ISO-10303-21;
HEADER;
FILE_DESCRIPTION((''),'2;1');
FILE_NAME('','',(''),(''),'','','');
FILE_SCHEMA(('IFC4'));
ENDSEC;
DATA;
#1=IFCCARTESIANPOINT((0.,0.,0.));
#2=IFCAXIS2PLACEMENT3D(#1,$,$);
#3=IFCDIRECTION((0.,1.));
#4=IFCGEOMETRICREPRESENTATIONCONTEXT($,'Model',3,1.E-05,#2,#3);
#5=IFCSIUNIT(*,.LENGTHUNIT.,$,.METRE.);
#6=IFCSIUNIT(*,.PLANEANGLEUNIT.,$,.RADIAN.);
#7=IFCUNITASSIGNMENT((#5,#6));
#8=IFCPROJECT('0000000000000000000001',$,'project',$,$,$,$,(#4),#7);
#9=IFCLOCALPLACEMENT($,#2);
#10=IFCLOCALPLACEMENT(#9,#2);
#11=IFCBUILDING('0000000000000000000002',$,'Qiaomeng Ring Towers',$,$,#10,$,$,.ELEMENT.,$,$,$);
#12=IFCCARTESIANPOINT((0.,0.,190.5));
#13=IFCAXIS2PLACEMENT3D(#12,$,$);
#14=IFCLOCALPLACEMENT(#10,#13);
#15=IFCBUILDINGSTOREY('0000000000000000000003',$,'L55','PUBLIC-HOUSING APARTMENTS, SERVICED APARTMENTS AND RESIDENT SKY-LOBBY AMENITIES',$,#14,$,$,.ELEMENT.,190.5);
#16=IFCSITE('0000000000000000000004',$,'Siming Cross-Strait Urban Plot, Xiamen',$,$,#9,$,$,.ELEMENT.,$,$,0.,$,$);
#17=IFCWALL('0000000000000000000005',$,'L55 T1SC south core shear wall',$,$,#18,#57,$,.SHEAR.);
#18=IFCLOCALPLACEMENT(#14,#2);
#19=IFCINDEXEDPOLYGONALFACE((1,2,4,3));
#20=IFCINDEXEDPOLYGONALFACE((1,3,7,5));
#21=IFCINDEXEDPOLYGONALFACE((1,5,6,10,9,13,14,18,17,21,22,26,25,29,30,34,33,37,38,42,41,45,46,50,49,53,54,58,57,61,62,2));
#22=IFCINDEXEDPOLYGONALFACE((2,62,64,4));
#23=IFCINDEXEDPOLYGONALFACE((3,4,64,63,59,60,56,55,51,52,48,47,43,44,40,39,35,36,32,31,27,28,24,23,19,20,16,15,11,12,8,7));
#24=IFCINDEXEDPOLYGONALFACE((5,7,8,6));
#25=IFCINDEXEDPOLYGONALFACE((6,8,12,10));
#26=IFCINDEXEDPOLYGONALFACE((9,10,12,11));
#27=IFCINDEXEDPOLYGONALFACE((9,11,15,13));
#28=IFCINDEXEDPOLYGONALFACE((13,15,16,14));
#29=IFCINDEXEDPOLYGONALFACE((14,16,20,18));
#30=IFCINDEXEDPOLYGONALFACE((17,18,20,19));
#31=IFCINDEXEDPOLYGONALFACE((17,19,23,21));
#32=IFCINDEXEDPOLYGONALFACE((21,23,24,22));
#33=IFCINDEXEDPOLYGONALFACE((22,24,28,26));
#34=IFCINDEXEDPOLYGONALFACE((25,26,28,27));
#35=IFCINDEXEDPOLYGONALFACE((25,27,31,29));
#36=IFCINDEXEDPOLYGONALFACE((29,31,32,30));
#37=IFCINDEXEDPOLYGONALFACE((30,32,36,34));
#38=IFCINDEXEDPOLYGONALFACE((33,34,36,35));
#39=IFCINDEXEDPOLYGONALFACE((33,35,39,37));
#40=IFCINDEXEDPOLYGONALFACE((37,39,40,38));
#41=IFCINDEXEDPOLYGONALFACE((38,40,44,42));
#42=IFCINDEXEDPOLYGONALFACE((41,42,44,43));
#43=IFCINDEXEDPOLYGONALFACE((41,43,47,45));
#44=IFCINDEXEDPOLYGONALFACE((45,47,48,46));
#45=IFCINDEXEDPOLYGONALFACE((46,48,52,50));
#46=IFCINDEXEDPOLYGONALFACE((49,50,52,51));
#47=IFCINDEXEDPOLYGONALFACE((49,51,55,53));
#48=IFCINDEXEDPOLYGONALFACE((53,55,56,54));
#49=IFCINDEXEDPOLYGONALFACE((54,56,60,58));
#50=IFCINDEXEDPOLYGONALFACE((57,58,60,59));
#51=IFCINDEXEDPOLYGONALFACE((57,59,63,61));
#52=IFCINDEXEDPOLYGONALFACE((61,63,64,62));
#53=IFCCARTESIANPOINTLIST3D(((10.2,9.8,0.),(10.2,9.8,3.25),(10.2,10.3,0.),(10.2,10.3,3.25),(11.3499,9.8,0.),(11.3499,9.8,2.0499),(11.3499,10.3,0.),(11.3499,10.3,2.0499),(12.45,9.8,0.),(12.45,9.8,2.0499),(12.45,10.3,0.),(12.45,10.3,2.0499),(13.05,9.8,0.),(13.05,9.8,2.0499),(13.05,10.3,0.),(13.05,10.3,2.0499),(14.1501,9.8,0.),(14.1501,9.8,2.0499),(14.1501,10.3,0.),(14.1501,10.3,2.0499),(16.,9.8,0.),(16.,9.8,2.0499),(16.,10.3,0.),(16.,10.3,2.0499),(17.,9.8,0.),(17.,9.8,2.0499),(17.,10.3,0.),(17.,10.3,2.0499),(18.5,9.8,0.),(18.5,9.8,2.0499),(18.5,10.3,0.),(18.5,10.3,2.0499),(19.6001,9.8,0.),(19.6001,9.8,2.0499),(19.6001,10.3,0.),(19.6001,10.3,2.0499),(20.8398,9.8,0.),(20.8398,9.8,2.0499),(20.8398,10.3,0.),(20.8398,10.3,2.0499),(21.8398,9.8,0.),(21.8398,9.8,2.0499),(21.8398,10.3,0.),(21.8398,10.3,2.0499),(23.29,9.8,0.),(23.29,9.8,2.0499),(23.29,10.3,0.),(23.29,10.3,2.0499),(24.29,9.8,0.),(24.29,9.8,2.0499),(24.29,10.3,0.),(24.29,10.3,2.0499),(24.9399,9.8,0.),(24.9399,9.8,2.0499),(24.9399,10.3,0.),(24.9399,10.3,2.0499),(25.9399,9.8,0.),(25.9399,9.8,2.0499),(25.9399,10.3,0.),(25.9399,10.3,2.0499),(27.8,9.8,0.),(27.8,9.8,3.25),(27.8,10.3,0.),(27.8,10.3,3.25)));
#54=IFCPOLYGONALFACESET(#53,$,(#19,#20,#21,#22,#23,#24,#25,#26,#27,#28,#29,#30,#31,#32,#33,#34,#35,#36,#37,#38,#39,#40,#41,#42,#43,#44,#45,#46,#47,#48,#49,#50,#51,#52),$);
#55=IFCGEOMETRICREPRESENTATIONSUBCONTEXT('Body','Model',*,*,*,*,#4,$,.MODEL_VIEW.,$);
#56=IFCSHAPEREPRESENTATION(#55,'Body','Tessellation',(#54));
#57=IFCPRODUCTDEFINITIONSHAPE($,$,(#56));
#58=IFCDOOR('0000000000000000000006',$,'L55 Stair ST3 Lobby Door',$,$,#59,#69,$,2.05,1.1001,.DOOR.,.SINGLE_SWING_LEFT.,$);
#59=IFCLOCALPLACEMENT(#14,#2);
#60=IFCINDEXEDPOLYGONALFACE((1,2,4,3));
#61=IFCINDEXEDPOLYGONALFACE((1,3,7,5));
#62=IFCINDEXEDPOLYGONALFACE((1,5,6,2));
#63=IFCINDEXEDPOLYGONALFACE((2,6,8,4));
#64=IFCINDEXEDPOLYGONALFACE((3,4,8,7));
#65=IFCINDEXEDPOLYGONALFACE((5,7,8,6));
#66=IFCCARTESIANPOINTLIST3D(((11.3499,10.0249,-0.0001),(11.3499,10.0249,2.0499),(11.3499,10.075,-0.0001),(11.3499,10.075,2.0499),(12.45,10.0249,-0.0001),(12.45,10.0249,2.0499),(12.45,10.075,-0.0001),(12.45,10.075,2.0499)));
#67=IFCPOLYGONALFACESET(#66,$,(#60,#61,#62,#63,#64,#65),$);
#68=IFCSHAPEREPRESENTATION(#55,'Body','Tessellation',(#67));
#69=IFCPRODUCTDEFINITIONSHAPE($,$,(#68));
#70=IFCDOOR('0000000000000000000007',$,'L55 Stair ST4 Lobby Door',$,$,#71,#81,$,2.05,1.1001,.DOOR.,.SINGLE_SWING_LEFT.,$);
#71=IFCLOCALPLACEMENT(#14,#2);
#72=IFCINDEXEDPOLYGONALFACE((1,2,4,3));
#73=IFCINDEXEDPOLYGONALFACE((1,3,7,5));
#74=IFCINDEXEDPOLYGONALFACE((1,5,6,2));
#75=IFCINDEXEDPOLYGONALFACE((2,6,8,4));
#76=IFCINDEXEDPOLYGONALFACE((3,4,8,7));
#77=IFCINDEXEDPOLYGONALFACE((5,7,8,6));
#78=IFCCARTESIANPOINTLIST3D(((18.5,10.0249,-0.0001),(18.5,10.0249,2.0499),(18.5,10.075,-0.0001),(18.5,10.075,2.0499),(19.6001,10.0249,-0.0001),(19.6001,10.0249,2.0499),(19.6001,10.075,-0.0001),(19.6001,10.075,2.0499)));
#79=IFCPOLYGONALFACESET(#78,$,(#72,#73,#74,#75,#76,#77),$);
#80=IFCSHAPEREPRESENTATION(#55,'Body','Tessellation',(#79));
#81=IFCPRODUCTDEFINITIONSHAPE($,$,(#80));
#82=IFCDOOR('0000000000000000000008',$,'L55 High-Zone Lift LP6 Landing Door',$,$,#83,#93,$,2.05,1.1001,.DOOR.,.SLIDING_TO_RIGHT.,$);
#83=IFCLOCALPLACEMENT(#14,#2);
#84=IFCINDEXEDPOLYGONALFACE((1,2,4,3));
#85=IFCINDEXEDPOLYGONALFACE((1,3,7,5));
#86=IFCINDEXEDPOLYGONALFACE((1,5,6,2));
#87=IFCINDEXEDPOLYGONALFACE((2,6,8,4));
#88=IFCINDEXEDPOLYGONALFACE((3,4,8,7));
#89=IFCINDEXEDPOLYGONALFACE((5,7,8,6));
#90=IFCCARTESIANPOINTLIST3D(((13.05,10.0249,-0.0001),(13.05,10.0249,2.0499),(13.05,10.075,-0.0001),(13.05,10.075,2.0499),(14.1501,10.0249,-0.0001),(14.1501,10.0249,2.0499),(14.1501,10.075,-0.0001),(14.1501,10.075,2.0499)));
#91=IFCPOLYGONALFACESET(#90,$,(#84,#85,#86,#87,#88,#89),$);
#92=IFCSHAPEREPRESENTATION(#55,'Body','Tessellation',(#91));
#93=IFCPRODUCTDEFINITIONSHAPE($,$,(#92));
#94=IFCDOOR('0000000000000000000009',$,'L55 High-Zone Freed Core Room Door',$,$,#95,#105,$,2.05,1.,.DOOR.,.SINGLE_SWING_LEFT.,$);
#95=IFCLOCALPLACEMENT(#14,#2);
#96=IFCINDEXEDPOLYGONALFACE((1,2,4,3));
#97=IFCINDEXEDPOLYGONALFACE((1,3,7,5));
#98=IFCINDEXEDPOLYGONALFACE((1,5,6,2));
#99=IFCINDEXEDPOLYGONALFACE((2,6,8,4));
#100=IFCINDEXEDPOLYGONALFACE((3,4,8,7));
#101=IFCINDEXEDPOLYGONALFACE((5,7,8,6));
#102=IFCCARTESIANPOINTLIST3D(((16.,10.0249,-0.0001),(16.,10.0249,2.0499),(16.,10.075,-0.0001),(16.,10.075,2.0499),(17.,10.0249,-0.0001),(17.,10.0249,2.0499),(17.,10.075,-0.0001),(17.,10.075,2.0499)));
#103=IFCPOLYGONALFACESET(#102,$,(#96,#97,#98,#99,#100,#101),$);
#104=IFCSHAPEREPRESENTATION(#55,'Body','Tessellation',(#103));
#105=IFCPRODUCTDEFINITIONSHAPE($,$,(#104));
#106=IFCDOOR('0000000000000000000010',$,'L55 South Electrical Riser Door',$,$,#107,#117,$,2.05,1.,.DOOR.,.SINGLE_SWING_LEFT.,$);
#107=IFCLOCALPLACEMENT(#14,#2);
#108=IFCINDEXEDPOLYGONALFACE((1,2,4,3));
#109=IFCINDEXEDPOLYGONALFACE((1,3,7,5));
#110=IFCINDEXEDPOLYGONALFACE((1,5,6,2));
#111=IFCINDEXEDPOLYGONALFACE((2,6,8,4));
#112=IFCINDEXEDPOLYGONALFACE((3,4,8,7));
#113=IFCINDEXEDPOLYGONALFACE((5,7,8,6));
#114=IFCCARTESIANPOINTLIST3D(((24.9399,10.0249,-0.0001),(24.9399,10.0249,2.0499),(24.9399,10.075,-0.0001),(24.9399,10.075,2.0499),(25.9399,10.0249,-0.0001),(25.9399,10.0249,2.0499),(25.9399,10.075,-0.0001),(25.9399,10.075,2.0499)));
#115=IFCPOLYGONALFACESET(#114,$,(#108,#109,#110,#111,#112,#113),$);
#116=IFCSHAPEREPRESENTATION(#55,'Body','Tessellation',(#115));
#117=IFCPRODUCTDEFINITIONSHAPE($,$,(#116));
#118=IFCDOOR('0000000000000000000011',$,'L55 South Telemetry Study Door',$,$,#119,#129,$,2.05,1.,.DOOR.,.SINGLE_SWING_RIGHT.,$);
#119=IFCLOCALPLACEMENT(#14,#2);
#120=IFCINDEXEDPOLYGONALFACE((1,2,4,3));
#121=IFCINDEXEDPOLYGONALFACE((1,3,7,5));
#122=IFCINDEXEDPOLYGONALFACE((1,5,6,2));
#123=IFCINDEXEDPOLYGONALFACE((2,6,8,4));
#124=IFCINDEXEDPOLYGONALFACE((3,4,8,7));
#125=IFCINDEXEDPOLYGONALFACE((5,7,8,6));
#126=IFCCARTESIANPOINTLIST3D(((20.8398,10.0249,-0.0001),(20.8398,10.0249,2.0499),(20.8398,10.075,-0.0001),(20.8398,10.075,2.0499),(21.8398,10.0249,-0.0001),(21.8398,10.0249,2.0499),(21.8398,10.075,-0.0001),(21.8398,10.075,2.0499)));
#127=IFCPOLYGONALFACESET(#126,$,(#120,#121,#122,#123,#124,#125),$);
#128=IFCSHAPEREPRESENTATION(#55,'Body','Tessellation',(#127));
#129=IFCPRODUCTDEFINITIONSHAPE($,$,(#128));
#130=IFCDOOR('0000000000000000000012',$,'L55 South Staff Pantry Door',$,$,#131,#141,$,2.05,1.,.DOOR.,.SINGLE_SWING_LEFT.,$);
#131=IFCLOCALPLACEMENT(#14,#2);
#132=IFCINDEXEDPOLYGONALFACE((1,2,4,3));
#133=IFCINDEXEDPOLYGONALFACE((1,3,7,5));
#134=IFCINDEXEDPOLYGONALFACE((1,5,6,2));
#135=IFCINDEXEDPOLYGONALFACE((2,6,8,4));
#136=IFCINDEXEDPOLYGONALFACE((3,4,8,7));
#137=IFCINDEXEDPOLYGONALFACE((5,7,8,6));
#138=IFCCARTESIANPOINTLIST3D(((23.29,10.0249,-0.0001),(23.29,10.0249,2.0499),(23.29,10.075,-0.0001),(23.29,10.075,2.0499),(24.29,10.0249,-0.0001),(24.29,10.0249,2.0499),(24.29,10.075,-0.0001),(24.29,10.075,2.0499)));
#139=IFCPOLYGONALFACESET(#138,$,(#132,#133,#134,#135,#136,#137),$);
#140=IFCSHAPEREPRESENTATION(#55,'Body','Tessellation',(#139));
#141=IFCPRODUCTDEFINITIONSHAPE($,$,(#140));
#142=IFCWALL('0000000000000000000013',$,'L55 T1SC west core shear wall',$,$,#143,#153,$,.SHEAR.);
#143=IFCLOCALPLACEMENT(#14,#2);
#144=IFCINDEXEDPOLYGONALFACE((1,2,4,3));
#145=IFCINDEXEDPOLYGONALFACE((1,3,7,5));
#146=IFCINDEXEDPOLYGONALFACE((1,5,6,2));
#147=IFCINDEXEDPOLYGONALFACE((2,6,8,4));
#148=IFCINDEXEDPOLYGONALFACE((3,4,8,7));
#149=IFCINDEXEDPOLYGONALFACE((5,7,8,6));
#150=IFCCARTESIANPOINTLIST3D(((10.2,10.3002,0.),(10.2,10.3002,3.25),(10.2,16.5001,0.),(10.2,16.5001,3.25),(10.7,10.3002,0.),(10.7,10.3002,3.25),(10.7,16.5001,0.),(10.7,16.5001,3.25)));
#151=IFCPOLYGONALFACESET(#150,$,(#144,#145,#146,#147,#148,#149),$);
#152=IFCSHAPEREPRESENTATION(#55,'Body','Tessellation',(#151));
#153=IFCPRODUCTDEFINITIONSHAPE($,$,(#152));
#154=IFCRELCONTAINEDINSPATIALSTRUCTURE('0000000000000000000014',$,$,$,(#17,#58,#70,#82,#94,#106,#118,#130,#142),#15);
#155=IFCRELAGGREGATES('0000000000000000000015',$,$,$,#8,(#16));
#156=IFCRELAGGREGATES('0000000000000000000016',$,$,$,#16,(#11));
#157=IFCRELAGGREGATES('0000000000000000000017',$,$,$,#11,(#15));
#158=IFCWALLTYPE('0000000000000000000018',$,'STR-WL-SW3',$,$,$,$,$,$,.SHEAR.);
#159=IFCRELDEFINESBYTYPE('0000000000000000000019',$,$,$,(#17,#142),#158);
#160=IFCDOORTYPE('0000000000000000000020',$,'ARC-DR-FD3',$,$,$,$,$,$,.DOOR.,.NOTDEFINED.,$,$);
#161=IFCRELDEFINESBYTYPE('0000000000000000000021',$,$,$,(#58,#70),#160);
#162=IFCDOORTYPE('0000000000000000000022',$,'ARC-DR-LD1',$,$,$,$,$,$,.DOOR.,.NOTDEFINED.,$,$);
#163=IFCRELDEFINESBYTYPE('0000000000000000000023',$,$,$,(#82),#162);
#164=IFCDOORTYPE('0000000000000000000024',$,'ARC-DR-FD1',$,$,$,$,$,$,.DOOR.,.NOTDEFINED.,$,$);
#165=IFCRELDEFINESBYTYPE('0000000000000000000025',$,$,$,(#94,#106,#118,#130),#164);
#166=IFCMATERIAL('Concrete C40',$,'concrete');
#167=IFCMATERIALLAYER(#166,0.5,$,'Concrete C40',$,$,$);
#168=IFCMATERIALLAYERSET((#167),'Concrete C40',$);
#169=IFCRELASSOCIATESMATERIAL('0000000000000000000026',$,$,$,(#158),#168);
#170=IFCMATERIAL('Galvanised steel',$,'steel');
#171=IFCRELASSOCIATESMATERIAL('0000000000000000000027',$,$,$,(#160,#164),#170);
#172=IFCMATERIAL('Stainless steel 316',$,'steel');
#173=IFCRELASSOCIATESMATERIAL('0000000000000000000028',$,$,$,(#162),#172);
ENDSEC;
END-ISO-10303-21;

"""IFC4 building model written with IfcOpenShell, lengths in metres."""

from ifc_helpers import new_model, si_unit, direction, frame, frame_2d, origin, place, context, subcontext, project, spatial, rectangle, extrude, source, transform, mapped, material, layer, layer_set, type_object, element, fill, save


model = new_model("IFC4")

# Units and contexts
model_context = context("Model", 3, precision=1e-05, world=origin(), true_north=direction((0.0, 1.0)))
body_context = subcontext(model_context, "Body", "Model", "MODEL_VIEW")
ifc_project = project(units=[si_unit("LENGTHUNIT", "METRE"), si_unit("PLANEANGLEUNIT", "RADIAN")], contexts=[model_context])

# Site, building, storey
site_placement = place(None, origin())
site = spatial("IfcSite", under=ifc_project, at=site_placement, Name="Siming Cross-Strait Urban Plot, Xiamen", CompositionType="ELEMENT", RefElevation=0.0)
building_placement = place(site_placement, origin())
building = spatial("IfcBuilding", under=site, at=building_placement, Name="Qiaomeng Ring Towers", CompositionType="ELEMENT")
storey_placement = place(building_placement, frame((0.0, 0.0, 190.5)))
storey = spatial("IfcBuildingStorey", under=building, at=storey_placement, Name="L55", Description="PUBLIC-HOUSING APARTMENTS, SERVICED APARTMENTS AND RESIDENT SKY-LOBBY AMENITIES", CompositionType="ELEMENT", Elevation=190.5)

# Shared definitions
shared_shape_1 = source(origin(), body_context, "Body", "SweptSolid", [
    extrude(rectangle(XDim=1.0, YDim=2.05, at=frame_2d((0.5, 1.0249))), frame((0.0, 0.0249, 0.0), z_axis=(0.0, -1.0, 0.0), x_axis=(1.0, 0.0, 0.0)), (0.0, 0.0, 1.0), 0.05),
])

# Shared definitions
ifc_material_1 = material(Name="Concrete C40", Category="concrete")

# Wall, openings, doors
ifc_layer_1 = layer(ifc_material_1, 0.5, Name="Concrete C40")
ifc_layer_set_1 = layer_set([ifc_layer_1], Name="Concrete C40")
wall_type_1 = type_object("IfcWallType", Name="STR-WL-SW3", PredefinedType="SHEAR", material=ifc_layer_set_1)
wall_1_placement = place(storey_placement, frame((10.2, 10.05, 0.0), z_axis=(0.0, 0.0, 1.0), x_axis=(1.0, 0.0, 0.0)))
wall_1 = element("IfcWall", 1, at=wall_1_placement, inside=storey, type_object=wall_type_1, Name="L55 T1SC south core shear wall", PredefinedType="SHEAR", context=body_context, shape_type="SweptSolid", body=[
    extrude(rectangle(XDim=17.6001, YDim=0.5, at=frame_2d((8.8, 0.0))), origin(), (0.0, 0.0, 1.0), 3.25),
])
opening_1_placement = place(wall_1_placement, frame((1.1499, 0.0, 0.0)))
opening_1 = element("IfcOpeningElement", 2, at=opening_1_placement, cuts=wall_1, PredefinedType="OPENING", context=body_context, shape_type="SweptSolid", body=[
    extrude(rectangle(XDim=1.1001, YDim=2.05, at=frame_2d((0.55, 1.0249))), frame((0.0, 0.26, 0.0), z_axis=(0.0, -1.0, 0.0), x_axis=(1.0, 0.0, 0.0)), (0.0, 0.0, 1.0), 0.52),
])
opening_2_placement = place(wall_1_placement, frame((8.3, 0.0, 0.0)))
opening_2 = element("IfcOpeningElement", 3, at=opening_2_placement, cuts=wall_1, PredefinedType="OPENING", context=body_context, shape_type="SweptSolid", body=[
    extrude(rectangle(XDim=1.1001, YDim=2.05, at=frame_2d((0.55, 1.0249))), frame((0.0, 0.26, 0.0), z_axis=(0.0, -1.0, 0.0), x_axis=(1.0, 0.0, 0.0)), (0.0, 0.0, 1.0), 0.52),
])
opening_3_placement = place(wall_1_placement, frame((2.8501, 0.0, 0.0)))
opening_3 = element("IfcOpeningElement", 4, at=opening_3_placement, cuts=wall_1, PredefinedType="OPENING", context=body_context, shape_type="SweptSolid", body=[
    extrude(rectangle(XDim=1.1001, YDim=2.05, at=frame_2d((0.55, 1.0249))), frame((0.0, 0.26, 0.0), z_axis=(0.0, -1.0, 0.0), x_axis=(1.0, 0.0, 0.0)), (0.0, 0.0, 1.0), 0.52),
])
opening_4_placement = place(wall_1_placement, frame((5.8, 0.0, 0.0)))
opening_4 = element("IfcOpeningElement", 5, at=opening_4_placement, cuts=wall_1, PredefinedType="OPENING", context=body_context, shape_type="SweptSolid", body=[
    extrude(rectangle(XDim=1.0, YDim=2.05, at=frame_2d((0.5, 1.0249))), frame((0.0, 0.26, 0.0), z_axis=(0.0, -1.0, 0.0), x_axis=(1.0, 0.0, 0.0)), (0.0, 0.0, 1.0), 0.52),
])
opening_5_placement = place(wall_1_placement, frame((14.74, 0.0, 0.0)))
opening_5 = element("IfcOpeningElement", 6, at=opening_5_placement, cuts=wall_1, PredefinedType="OPENING", context=body_context, shape_type="SweptSolid", body=[
    extrude(rectangle(XDim=1.0, YDim=2.05, at=frame_2d((0.5, 1.0249))), frame((0.0, 0.26, 0.0), z_axis=(0.0, -1.0, 0.0), x_axis=(1.0, 0.0, 0.0)), (0.0, 0.0, 1.0), 0.52),
])
opening_6_placement = place(wall_1_placement, frame((10.6399, 0.0, 0.0)))
opening_6 = element("IfcOpeningElement", 7, at=opening_6_placement, cuts=wall_1, PredefinedType="OPENING", context=body_context, shape_type="SweptSolid", body=[
    extrude(rectangle(XDim=1.0, YDim=2.05, at=frame_2d((0.5, 1.0249))), frame((0.0, 0.26, 0.0), z_axis=(0.0, -1.0, 0.0), x_axis=(1.0, 0.0, 0.0)), (0.0, 0.0, 1.0), 0.52),
])
opening_7_placement = place(wall_1_placement, frame((13.0901, 0.0, 0.0)))
opening_7 = element("IfcOpeningElement", 8, at=opening_7_placement, cuts=wall_1, PredefinedType="OPENING", context=body_context, shape_type="SweptSolid", body=[
    extrude(rectangle(XDim=1.0, YDim=2.05, at=frame_2d((0.5, 1.0249))), frame((0.0, 0.26, 0.0), z_axis=(0.0, -1.0, 0.0), x_axis=(1.0, 0.0, 0.0)), (0.0, 0.0, 1.0), 0.52),
])
ifc_material_2 = material(Name="Galvanised steel", Category="steel")
door_type_1 = type_object("IfcDoorType", Name="ARC-DR-FD3", OperationType="NOTDEFINED", PredefinedType="DOOR", material=ifc_material_2)
shared_shape_2 = source(origin(), body_context, "Body", "SweptSolid", [
    extrude(rectangle(XDim=1.1001, YDim=2.05, at=frame_2d((0.55, 1.0249))), frame((0.0, 0.0249, 0.0), z_axis=(0.0, -1.0, 0.0), x_axis=(1.0, 0.0, 0.0)), (0.0, 0.0, 1.0), 0.05),
])
door_1_placement = place(opening_1_placement, origin())
door_1 = element("IfcDoor", 9, at=door_1_placement, inside=storey, type_object=door_type_1, Name="L55 Stair ST3 Lobby Door", OperationType="SINGLE_SWING_LEFT", OverallHeight=2.05, OverallWidth=1.1001, PredefinedType="DOOR", context=body_context, shape_type="MappedRepresentation", body=[
    mapped(shared_shape_2, transform((0.0, 0.0, 0.0), x_axis=(1.0, 0.0, 0.0), y_axis=(0.0, 1.0, 0.0), z_axis=(0.0, 0.0, 1.0), scale=1.0)),
])
fill(opening_1, door_1)
door_2_placement = place(opening_2_placement, origin())
door_2 = element("IfcDoor", 10, at=door_2_placement, inside=storey, type_object=door_type_1, Name="L55 Stair ST4 Lobby Door", OperationType="SINGLE_SWING_LEFT", OverallHeight=2.05, OverallWidth=1.1001, PredefinedType="DOOR", context=body_context, shape_type="MappedRepresentation", body=[
    mapped(shared_shape_2, transform((0.0, 0.0, 0.0), x_axis=(1.0, 0.0, 0.0), y_axis=(0.0, 1.0, 0.0), z_axis=(0.0, 0.0, 1.0), scale=1.0)),
])
fill(opening_2, door_2)
ifc_material_3 = material(Name="Stainless steel 316", Category="steel")
door_type_2 = type_object("IfcDoorType", Name="ARC-DR-LD1", OperationType="NOTDEFINED", PredefinedType="DOOR", material=ifc_material_3)
door_3_placement = place(opening_3_placement, origin())
door_3 = element("IfcDoor", 11, at=door_3_placement, inside=storey, type_object=door_type_2, Name="L55 High-Zone Lift LP6 Landing Door", OperationType="SLIDING_TO_RIGHT", OverallHeight=2.05, OverallWidth=1.1001, PredefinedType="DOOR", context=body_context, shape_type="MappedRepresentation", body=[
    mapped(shared_shape_2, transform((0.0, 0.0, 0.0), x_axis=(1.0, 0.0, 0.0), y_axis=(0.0, 1.0, 0.0), z_axis=(0.0, 0.0, 1.0), scale=1.0)),
])
fill(opening_3, door_3)
door_type_3 = type_object("IfcDoorType", Name="ARC-DR-FD1", OperationType="NOTDEFINED", PredefinedType="DOOR", material=ifc_material_2)
door_4_placement = place(opening_4_placement, origin())
door_4 = element("IfcDoor", 12, at=door_4_placement, inside=storey, type_object=door_type_3, Name="L55 High-Zone Freed Core Room Door", OperationType="SINGLE_SWING_LEFT", OverallHeight=2.05, OverallWidth=1.0, PredefinedType="DOOR", context=body_context, shape_type="MappedRepresentation", body=[
    mapped(shared_shape_1, transform((0.0, 0.0, 0.0), x_axis=(1.0, 0.0, 0.0), y_axis=(0.0, 1.0, 0.0), z_axis=(0.0, 0.0, 1.0), scale=1.0)),
])
fill(opening_4, door_4)
door_5_placement = place(opening_5_placement, origin())
door_5 = element("IfcDoor", 13, at=door_5_placement, inside=storey, type_object=door_type_3, Name="L55 South Electrical Riser Door", OperationType="SINGLE_SWING_LEFT", OverallHeight=2.05, OverallWidth=1.0, PredefinedType="DOOR", context=body_context, shape_type="MappedRepresentation", body=[
    mapped(shared_shape_1, transform((0.0, 0.0, 0.0), x_axis=(1.0, 0.0, 0.0), y_axis=(0.0, 1.0, 0.0), z_axis=(0.0, 0.0, 1.0), scale=1.0)),
])
fill(opening_5, door_5)
door_6_placement = place(opening_6_placement, origin())
door_6 = element("IfcDoor", 14, at=door_6_placement, inside=storey, type_object=door_type_3, Name="L55 South Telemetry Study Door", OperationType="SINGLE_SWING_RIGHT", OverallHeight=2.05, OverallWidth=1.0, PredefinedType="DOOR", context=body_context, shape_type="MappedRepresentation", body=[
    mapped(shared_shape_1, transform((0.0, 0.0, 0.0), x_axis=(1.0, 0.0, 0.0), y_axis=(0.0, 1.0, 0.0), z_axis=(0.0, 0.0, 1.0), scale=1.0)),
])
fill(opening_6, door_6)
door_7_placement = place(opening_7_placement, origin())
door_7 = element("IfcDoor", 15, at=door_7_placement, inside=storey, type_object=door_type_3, Name="L55 South Staff Pantry Door", OperationType="SINGLE_SWING_LEFT", OverallHeight=2.05, OverallWidth=1.0, PredefinedType="DOOR", context=body_context, shape_type="MappedRepresentation", body=[
    mapped(shared_shape_1, transform((0.0, 0.0, 0.0), x_axis=(1.0, 0.0, 0.0), y_axis=(0.0, 1.0, 0.0), z_axis=(0.0, 0.0, 1.0), scale=1.0)),
])
fill(opening_7, door_7)

# Wall
wall_2_placement = place(storey_placement, frame((10.45, 10.3, 0.0), z_axis=(0.0, 0.0, 1.0), x_axis=(0.0, 1.0, 0.0)))
element("IfcWall", 16, at=wall_2_placement, inside=storey, type_object=wall_type_1, Name="L55 T1SC west core shear wall", PredefinedType="SHEAR", context=body_context, shape_type="SweptSolid", body=[
    extrude(rectangle(XDim=6.2, YDim=0.5, at=frame_2d((3.1001, 0.0))), origin(), (0.0, 0.0, 1.0), 3.25),
])

save(model, "model.ifc")
